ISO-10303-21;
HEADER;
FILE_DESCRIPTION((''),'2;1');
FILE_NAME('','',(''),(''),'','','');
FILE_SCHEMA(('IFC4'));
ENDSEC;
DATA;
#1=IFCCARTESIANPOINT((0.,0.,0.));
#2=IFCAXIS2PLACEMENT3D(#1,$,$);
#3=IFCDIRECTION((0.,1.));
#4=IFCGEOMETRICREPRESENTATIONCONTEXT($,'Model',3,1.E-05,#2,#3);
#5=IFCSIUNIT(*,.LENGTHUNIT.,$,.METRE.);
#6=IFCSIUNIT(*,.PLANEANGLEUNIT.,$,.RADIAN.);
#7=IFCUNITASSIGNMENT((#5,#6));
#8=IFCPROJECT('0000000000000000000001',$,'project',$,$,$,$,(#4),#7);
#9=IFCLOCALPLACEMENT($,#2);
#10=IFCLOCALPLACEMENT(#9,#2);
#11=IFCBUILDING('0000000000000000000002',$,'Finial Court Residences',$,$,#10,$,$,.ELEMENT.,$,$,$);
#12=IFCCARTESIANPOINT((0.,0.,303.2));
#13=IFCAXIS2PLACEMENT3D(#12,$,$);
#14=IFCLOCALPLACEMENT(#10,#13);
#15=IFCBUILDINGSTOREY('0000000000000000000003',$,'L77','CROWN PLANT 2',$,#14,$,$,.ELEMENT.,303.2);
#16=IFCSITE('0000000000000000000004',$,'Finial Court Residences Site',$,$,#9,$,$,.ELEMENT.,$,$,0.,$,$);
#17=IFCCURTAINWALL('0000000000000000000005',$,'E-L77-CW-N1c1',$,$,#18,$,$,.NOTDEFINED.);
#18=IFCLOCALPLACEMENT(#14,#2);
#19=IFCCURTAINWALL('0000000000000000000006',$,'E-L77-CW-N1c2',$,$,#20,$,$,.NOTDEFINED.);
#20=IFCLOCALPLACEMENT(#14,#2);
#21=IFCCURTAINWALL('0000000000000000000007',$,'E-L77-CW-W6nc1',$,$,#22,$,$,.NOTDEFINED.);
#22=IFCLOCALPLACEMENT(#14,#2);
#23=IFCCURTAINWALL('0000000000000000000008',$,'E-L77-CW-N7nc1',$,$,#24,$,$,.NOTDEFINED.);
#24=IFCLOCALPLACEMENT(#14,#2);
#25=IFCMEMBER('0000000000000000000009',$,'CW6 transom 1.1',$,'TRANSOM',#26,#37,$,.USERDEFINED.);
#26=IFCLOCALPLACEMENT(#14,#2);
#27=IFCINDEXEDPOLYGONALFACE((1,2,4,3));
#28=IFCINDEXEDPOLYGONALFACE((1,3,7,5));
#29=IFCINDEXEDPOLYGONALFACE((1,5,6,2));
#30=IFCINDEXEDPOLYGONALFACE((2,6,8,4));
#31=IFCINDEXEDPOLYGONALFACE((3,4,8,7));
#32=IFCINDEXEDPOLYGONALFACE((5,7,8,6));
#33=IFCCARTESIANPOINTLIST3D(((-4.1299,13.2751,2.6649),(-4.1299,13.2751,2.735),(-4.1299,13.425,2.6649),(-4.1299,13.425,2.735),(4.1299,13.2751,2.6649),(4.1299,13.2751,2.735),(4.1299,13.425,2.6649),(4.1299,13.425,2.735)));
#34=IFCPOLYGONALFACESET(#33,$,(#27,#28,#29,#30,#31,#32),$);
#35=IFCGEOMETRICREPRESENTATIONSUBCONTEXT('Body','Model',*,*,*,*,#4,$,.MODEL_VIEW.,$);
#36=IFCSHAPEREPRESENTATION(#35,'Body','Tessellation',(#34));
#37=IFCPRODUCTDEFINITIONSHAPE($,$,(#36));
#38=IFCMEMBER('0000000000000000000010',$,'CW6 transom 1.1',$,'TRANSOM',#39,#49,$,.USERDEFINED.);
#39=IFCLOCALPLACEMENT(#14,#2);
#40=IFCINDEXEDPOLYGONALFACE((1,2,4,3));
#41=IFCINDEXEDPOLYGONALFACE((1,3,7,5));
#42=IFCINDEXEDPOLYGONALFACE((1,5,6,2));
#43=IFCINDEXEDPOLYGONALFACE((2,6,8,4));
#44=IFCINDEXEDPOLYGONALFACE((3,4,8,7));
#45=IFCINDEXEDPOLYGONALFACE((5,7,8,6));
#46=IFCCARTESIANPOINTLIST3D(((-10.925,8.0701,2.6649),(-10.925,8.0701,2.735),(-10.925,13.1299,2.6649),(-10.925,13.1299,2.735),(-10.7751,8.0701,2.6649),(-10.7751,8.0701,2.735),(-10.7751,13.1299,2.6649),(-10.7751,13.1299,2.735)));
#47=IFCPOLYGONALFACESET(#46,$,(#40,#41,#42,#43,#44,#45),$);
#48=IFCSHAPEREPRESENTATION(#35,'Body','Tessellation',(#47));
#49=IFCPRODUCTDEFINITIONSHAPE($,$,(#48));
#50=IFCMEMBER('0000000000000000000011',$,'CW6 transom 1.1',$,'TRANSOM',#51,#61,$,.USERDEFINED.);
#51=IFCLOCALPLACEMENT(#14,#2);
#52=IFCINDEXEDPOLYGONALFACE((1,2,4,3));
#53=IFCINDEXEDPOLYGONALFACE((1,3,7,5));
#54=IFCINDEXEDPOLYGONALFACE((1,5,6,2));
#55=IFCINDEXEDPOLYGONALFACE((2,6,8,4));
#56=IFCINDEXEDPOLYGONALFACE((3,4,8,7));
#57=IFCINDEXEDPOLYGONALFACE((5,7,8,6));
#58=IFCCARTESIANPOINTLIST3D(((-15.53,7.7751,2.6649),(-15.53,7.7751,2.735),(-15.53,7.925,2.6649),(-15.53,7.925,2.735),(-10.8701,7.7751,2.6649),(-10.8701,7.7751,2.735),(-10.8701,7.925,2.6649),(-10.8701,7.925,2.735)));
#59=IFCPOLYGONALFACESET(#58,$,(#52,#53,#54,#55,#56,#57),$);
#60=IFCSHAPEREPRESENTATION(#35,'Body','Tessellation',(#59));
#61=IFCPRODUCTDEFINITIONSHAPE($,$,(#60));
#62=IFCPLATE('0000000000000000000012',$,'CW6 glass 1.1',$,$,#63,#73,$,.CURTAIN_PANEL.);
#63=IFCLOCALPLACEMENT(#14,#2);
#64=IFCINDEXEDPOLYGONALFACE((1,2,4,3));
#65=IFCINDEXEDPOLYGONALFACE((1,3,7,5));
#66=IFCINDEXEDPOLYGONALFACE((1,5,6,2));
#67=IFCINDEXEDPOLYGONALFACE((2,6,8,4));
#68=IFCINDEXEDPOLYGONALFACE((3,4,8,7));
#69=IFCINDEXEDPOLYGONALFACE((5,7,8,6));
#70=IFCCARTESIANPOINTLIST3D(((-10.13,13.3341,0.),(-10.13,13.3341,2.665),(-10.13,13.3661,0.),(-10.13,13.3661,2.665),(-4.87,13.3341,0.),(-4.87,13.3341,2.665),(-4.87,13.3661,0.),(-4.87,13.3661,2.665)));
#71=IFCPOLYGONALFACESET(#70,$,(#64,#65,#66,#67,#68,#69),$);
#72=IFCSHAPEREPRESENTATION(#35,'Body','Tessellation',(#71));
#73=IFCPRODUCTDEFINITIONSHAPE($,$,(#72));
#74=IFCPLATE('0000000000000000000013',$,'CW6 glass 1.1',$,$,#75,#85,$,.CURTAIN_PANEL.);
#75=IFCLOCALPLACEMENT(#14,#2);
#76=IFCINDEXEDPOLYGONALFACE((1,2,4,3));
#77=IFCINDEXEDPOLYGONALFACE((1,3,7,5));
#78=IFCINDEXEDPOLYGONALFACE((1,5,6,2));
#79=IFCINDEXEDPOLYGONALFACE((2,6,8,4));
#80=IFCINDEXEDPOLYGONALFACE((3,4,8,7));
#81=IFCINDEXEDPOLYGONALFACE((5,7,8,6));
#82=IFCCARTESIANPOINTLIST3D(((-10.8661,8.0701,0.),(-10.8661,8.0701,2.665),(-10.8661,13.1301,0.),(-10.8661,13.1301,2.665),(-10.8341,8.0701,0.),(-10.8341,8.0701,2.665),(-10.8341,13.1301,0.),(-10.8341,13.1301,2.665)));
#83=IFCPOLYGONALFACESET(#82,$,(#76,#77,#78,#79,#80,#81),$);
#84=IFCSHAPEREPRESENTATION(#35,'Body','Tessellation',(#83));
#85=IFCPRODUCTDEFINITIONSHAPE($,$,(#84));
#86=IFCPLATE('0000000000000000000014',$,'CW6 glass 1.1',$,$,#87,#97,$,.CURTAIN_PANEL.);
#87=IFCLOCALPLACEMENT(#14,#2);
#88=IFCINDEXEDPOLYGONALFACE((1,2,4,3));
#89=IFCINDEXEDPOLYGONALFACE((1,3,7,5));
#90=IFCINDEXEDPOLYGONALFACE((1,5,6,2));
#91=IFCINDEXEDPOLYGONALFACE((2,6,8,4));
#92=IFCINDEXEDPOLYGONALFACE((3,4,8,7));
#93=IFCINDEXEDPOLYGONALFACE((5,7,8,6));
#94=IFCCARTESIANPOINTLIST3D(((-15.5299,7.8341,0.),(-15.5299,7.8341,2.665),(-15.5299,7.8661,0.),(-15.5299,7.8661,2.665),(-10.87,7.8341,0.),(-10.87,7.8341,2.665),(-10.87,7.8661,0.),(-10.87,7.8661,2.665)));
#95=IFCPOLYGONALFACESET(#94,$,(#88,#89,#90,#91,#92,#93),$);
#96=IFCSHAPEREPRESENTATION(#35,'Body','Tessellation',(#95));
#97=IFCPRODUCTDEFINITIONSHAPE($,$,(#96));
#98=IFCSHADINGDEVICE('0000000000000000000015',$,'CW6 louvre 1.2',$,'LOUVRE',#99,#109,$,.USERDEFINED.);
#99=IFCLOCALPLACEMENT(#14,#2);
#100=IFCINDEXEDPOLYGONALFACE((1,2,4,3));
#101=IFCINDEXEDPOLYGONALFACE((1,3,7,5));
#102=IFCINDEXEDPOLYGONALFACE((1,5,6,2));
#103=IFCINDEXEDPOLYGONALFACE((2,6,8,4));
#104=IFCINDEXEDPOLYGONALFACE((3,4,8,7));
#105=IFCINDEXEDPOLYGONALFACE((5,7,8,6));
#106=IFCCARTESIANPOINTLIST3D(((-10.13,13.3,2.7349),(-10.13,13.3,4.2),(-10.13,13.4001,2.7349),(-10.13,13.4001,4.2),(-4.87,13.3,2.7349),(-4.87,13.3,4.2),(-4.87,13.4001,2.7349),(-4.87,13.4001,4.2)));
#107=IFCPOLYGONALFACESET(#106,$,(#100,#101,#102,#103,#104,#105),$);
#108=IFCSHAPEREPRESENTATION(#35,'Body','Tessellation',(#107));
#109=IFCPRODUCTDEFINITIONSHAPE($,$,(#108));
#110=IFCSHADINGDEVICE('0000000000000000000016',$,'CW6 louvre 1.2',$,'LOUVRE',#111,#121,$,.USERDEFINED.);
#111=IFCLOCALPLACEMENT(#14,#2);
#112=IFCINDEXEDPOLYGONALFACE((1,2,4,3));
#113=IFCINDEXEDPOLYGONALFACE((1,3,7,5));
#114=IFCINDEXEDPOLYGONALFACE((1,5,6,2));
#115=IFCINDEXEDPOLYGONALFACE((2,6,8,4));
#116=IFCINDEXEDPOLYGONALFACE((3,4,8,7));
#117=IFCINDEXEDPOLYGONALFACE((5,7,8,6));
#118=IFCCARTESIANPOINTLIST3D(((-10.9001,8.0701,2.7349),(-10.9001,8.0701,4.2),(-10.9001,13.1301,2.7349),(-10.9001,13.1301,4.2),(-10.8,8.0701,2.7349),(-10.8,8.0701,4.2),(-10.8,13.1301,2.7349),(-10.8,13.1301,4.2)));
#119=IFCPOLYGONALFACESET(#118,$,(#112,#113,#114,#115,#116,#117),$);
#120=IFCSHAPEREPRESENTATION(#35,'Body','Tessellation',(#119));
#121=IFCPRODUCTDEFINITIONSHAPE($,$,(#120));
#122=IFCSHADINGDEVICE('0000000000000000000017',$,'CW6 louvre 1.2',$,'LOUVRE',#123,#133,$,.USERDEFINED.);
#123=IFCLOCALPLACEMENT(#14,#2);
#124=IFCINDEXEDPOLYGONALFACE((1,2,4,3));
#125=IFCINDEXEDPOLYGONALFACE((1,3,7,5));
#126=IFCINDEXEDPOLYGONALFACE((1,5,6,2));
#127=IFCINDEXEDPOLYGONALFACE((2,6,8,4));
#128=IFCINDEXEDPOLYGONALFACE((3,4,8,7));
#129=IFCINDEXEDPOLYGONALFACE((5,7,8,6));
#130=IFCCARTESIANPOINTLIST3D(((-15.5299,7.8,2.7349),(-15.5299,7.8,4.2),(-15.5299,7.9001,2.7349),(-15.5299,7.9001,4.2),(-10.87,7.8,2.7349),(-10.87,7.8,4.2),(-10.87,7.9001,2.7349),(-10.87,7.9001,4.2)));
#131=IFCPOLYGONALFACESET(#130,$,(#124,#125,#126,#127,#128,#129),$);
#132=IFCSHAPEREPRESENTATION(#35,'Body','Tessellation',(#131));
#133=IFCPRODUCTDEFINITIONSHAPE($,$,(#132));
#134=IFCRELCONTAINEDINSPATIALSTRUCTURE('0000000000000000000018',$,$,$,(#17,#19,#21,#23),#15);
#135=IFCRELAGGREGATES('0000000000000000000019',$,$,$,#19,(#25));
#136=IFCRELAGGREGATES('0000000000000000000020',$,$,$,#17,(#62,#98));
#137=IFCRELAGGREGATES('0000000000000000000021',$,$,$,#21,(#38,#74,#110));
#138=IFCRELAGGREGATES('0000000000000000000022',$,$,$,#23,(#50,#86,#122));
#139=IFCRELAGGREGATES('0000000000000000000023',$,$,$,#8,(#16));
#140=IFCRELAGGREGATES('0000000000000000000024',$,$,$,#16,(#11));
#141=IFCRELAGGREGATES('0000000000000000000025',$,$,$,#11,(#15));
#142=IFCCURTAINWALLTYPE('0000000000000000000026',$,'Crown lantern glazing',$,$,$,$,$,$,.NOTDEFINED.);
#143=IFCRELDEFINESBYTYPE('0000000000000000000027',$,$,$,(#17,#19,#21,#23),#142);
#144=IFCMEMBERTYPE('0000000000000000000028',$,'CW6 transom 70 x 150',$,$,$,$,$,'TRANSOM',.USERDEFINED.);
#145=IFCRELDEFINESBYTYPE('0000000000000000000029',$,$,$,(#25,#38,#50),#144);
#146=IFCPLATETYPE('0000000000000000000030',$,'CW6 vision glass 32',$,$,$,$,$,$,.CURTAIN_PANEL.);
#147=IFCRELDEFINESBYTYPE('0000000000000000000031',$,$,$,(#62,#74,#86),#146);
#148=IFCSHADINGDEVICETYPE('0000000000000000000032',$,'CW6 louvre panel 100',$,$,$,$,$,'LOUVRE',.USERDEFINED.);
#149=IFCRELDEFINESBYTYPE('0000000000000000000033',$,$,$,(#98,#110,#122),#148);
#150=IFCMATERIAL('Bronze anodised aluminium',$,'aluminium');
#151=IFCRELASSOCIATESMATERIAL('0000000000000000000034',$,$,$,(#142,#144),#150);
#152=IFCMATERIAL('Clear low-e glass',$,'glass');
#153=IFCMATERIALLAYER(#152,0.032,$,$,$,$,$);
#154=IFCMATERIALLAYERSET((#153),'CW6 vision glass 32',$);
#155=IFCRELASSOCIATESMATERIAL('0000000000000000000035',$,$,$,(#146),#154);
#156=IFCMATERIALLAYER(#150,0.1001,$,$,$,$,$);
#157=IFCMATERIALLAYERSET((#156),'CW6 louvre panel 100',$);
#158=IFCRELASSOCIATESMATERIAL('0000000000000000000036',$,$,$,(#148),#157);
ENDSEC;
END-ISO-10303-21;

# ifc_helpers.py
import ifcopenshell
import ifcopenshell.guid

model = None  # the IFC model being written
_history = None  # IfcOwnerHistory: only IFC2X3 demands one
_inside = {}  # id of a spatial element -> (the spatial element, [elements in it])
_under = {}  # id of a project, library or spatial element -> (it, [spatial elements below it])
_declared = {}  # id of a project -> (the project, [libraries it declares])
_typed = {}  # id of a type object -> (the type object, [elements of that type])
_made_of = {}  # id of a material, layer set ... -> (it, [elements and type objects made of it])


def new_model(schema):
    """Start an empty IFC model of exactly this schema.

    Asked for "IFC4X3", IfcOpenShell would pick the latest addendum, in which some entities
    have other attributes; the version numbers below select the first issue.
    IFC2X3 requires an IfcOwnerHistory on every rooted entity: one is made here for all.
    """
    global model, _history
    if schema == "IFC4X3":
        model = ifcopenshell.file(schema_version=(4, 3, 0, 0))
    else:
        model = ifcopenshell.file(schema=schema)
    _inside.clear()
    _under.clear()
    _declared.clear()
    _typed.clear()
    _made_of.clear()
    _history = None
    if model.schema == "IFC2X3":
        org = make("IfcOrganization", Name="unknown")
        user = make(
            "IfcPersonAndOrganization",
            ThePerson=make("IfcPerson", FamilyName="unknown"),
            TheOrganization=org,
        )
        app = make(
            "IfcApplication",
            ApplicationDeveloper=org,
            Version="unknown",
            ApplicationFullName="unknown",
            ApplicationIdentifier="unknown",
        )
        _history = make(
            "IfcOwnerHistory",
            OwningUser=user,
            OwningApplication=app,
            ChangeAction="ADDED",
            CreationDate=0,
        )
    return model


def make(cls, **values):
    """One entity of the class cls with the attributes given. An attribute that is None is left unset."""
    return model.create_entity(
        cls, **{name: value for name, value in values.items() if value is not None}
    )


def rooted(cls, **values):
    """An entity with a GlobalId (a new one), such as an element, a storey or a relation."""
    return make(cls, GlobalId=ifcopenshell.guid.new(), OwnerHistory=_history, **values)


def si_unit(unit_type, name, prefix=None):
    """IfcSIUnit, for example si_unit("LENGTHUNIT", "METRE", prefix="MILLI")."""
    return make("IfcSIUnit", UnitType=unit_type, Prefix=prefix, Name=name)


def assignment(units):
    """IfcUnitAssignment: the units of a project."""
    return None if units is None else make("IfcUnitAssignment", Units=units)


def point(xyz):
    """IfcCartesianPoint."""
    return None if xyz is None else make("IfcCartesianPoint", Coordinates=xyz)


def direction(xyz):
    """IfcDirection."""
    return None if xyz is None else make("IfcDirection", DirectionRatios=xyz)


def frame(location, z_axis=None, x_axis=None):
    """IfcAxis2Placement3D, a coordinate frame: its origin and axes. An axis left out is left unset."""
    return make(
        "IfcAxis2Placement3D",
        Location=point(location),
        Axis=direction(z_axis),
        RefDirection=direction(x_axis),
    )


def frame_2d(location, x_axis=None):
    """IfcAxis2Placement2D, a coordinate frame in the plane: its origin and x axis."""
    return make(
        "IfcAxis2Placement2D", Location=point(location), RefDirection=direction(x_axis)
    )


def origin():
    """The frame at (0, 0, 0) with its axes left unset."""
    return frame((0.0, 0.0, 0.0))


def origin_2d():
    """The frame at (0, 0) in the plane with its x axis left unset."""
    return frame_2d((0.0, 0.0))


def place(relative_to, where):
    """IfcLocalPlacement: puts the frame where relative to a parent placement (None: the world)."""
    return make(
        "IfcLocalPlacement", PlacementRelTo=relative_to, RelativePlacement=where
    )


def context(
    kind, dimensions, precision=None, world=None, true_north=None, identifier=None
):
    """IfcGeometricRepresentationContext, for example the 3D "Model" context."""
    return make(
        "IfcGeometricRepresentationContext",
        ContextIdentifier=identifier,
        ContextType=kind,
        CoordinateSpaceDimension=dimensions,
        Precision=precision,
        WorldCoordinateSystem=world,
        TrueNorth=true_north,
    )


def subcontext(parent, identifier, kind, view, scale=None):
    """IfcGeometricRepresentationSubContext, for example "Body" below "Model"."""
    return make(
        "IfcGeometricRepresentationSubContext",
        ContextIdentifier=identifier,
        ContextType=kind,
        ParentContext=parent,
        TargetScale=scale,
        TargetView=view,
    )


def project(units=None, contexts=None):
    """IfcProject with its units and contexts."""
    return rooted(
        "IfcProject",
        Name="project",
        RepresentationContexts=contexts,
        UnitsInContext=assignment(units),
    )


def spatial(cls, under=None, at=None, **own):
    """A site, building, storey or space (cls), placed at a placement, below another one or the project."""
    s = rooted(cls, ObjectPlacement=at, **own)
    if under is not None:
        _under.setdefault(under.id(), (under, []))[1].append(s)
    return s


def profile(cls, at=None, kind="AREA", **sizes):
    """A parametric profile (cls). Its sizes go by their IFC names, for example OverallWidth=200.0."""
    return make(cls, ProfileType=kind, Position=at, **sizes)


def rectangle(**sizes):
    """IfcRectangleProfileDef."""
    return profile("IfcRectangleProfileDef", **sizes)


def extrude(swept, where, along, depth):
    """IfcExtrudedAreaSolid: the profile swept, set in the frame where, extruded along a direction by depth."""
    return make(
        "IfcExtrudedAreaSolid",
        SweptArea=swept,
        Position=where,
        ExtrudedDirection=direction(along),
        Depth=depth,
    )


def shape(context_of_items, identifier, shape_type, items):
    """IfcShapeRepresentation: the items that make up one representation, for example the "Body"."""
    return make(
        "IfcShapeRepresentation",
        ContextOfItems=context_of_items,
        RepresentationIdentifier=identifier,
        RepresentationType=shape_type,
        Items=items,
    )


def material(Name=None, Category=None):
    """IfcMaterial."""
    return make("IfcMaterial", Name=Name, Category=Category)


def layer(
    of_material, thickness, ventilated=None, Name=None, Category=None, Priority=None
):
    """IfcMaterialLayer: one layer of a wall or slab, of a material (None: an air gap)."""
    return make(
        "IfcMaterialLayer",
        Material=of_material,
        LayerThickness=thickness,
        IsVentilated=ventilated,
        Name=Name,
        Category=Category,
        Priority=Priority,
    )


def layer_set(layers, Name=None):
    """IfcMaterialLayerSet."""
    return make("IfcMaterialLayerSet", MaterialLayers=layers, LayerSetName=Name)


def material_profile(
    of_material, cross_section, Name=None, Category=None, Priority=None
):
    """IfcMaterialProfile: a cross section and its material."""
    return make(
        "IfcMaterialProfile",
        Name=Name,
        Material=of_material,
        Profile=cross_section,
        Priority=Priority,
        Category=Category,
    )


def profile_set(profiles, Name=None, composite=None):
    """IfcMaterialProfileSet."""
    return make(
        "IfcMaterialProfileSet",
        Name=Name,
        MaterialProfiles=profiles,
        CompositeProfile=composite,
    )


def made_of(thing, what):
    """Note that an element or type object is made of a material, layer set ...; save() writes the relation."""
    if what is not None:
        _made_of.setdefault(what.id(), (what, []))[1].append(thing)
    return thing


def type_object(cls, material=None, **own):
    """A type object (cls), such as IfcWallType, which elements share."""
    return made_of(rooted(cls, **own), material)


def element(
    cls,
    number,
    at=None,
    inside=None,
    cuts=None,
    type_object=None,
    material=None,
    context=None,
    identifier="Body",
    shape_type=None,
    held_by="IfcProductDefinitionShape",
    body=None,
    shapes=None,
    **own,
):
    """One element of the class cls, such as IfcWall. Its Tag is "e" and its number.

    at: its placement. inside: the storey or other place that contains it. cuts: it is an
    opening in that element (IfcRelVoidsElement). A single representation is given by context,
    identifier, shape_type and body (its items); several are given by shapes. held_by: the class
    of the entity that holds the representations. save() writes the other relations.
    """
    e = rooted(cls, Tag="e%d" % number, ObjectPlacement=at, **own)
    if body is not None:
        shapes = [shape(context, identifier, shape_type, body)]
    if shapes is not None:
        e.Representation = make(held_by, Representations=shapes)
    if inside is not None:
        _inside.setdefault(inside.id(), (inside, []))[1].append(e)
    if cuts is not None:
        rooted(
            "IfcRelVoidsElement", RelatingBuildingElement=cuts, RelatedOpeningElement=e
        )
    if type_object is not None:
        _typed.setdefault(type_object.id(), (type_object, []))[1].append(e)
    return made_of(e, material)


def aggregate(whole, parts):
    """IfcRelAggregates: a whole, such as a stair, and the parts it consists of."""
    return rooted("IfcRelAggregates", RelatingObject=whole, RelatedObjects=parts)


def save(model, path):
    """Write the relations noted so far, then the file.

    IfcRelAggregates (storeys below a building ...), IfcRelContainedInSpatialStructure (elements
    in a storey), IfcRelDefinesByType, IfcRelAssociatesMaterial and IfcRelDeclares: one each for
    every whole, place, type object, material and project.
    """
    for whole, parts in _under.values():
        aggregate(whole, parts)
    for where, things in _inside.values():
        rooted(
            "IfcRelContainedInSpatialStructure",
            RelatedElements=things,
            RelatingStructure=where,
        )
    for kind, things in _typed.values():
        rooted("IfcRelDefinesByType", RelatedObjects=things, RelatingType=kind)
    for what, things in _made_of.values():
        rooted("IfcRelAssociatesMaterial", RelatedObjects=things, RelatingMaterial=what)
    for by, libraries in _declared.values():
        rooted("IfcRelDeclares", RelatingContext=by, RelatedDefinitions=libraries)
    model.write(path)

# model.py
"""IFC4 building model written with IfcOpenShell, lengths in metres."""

from ifc_helpers import new_model, si_unit, direction, frame, origin, origin_2d, place, context, subcontext, project, spatial, rectangle, extrude, material, layer, layer_set, material_profile, profile_set, type_object, element, aggregate, save


model = new_model("IFC4")

# Units and contexts
model_context = context("Model", 3, precision=1e-05, world=origin(), true_north=direction((0.0, 1.0)))
body_context = subcontext(model_context, "Body", "Model", "MODEL_VIEW")
ifc_project = project(units=[si_unit("LENGTHUNIT", "METRE"), si_unit("PLANEANGLEUNIT", "RADIAN")], contexts=[model_context])

# Site, building, storey
site_placement = place(None, origin())
site = spatial("IfcSite", under=ifc_project, at=site_placement, Name="Finial Court Residences Site", CompositionType="ELEMENT", RefElevation=0.0)
building_placement = place(site_placement, origin())
building = spatial("IfcBuilding", under=site, at=building_placement, Name="Finial Court Residences", CompositionType="ELEMENT")
storey_placement = place(building_placement, frame((0.0, 0.0, 303.2)))
storey = spatial("IfcBuildingStorey", under=building, at=storey_placement, Name="L77", Description="CROWN PLANT 2", CompositionType="ELEMENT", Elevation=303.2)

# Curtain wall
ifc_material_1 = material(Name="Bronze anodised aluminium", Category="aluminium")
curtain_wall_type = type_object("IfcCurtainWallType", Name="Crown lantern glazing", PredefinedType="NOTDEFINED", material=ifc_material_1)
curtain_wall_1_placement = place(storey_placement, origin())
curtain_wall_1 = element("IfcCurtainWall", 1, at=curtain_wall_1_placement, inside=storey, type_object=curtain_wall_type, Name="E-L77-CW-N1c1", PredefinedType="NOTDEFINED")

# Curtain wall
curtain_wall_2_placement = place(storey_placement, origin())
curtain_wall_2 = element("IfcCurtainWall", 2, at=curtain_wall_2_placement, inside=storey, type_object=curtain_wall_type, Name="E-L77-CW-N1c2", PredefinedType="NOTDEFINED")

# Curtain walls
curtain_wall_3_placement = place(storey_placement, origin())
curtain_wall_3 = element("IfcCurtainWall", 3, at=curtain_wall_3_placement, inside=storey, type_object=curtain_wall_type, Name="E-L77-CW-W6nc1", PredefinedType="NOTDEFINED")
curtain_wall_4_placement = place(storey_placement, origin())
curtain_wall_4 = element("IfcCurtainWall", 4, at=curtain_wall_4_placement, inside=storey, type_object=curtain_wall_type, Name="E-L77-CW-N7nc1", PredefinedType="NOTDEFINED")

# Members
ifc_material_profile_1 = material_profile(ifc_material_1, rectangle(XDim=0.1499, YDim=0.0701, at=origin_2d()), Name="CW6 transom 70 x 150")
ifc_profile_set_1 = profile_set([ifc_material_profile_1], Name="Bronze anodised aluminium")
member_type_1 = type_object("IfcMemberType", Name="CW6 transom 70 x 150", ElementType="TRANSOM", PredefinedType="USERDEFINED", material=ifc_profile_set_1)
member_1_placement = place(storey_placement, frame((-4.1299, 13.3501, 2.7), z_axis=(1.0, 0.0, 0.0), x_axis=(0.0, 1.0, 0.0)))
member_1 = element("IfcMember", 5, at=member_1_placement, type_object=member_type_1, Name="CW6 transom 1.1", ObjectType="TRANSOM", PredefinedType="USERDEFINED", context=body_context, shape_type="SweptSolid", body=[
    extrude(rectangle(XDim=0.1499, YDim=0.0701, at=origin_2d()), origin(), (0.0, 0.0, 1.0), 8.2598),
])
aggregate(curtain_wall_2, [member_1])
member_2_placement = place(storey_placement, frame((-10.8501, 8.0701, 2.7), z_axis=(0.0, 1.0, 0.0), x_axis=(-1.0, 0.0, 0.0)))
member_2 = element("IfcMember", 6, at=member_2_placement, type_object=member_type_1, Name="CW6 transom 1.1", ObjectType="TRANSOM", PredefinedType="USERDEFINED", context=body_context, shape_type="SweptSolid", body=[
    extrude(rectangle(XDim=0.1499, YDim=0.0701, at=origin_2d()), origin(), (0.0, 0.0, 1.0), 5.0598),
])
member_3_placement = place(storey_placement, frame((-15.53, 7.8501, 2.7), z_axis=(1.0, 0.0, 0.0), x_axis=(0.0, 1.0, 0.0)))
member_3 = element("IfcMember", 7, at=member_3_placement, type_object=member_type_1, Name="CW6 transom 1.1", ObjectType="TRANSOM", PredefinedType="USERDEFINED", context=body_context, shape_type="SweptSolid", body=[
    extrude(rectangle(XDim=0.1499, YDim=0.0701, at=origin_2d()), origin(), (0.0, 0.0, 1.0), 4.6599),
])

# Plates
ifc_material_2 = material(Name="Clear low-e glass", Category="glass")
ifc_layer_1 = layer(ifc_material_2, 0.032)
ifc_layer_set_1 = layer_set([ifc_layer_1], Name="CW6 vision glass 32")
plate_type = type_object("IfcPlateType", Name="CW6 vision glass 32", PredefinedType="CURTAIN_PANEL", material=ifc_layer_set_1)
plate_1_placement = place(storey_placement, frame((-7.5, 13.3501, 0.0), z_axis=(0.0, 0.0, 1.0), x_axis=(1.0, 0.0, 0.0)))
plate_1 = element("IfcPlate", 8, at=plate_1_placement, type_object=plate_type, Name="CW6 glass 1.1", PredefinedType="CURTAIN_PANEL", context=body_context, shape_type="SweptSolid", body=[
    extrude(rectangle(XDim=5.26, YDim=0.032, at=origin_2d()), origin(), (0.0, 0.0, 1.0), 2.665),
])
plate_2_placement = place(storey_placement, frame((-10.8501, 10.6001, 0.0), z_axis=(0.0, 0.0, 1.0), x_axis=(0.0, 1.0, 0.0)))
plate_2 = element("IfcPlate", 9, at=plate_2_placement, type_object=plate_type, Name="CW6 glass 1.1", PredefinedType="CURTAIN_PANEL", context=body_context, shape_type="SweptSolid", body=[
    extrude(rectangle(XDim=5.0601, YDim=0.032, at=origin_2d()), origin(), (0.0, 0.0, 1.0), 2.665),
])
plate_3_placement = place(storey_placement, frame((-13.2, 7.8501, 0.0), z_axis=(0.0, 0.0, 1.0), x_axis=(1.0, 0.0, 0.0)))
plate_3 = element("IfcPlate", 10, at=plate_3_placement, type_object=plate_type, Name="CW6 glass 1.1", PredefinedType="CURTAIN_PANEL", context=body_context, shape_type="SweptSolid", body=[
    extrude(rectangle(XDim=4.6599, YDim=0.032, at=origin_2d()), origin(), (0.0, 0.0, 1.0), 2.665),
])

# Shading devices
ifc_layer_2 = layer(ifc_material_1, 0.1001)
ifc_layer_set_2 = layer_set([ifc_layer_2], Name="CW6 louvre panel 100")
shading_device_type = type_object("IfcShadingDeviceType", Name="CW6 louvre panel 100", ElementType="LOUVRE", PredefinedType="USERDEFINED", material=ifc_layer_set_2)
shading_device_1_placement = place(storey_placement, frame((-7.5, 13.3501, 2.7349), z_axis=(0.0, 0.0, 1.0), x_axis=(1.0, 0.0, 0.0)))
shading_device_1 = element("IfcShadingDevice", 11, at=shading_device_1_placement, type_object=shading_device_type, Name="CW6 louvre 1.2", ObjectType="LOUVRE", PredefinedType="USERDEFINED", context=body_context, shape_type="SweptSolid", body=[
    extrude(rectangle(XDim=5.26, YDim=0.1001, at=origin_2d()), origin(), (0.0, 0.0, 1.0), 1.4651),
])
aggregate(curtain_wall_1, [plate_1, shading_device_1])
shading_device_2_placement = place(storey_placement, frame((-10.8501, 10.6001, 2.7349), z_axis=(0.0, 0.0, 1.0), x_axis=(0.0, 1.0, 0.0)))
shading_device_2 = element("IfcShadingDevice", 12, at=shading_device_2_placement, type_object=shading_device_type, Name="CW6 louvre 1.2", ObjectType="LOUVRE", PredefinedType="USERDEFINED", context=body_context, shape_type="SweptSolid", body=[
    extrude(rectangle(XDim=5.0601, YDim=0.1001, at=origin_2d()), origin(), (0.0, 0.0, 1.0), 1.4651),
])
aggregate(curtain_wall_3, [member_2, plate_2, shading_device_2])
shading_device_3_placement = place(storey_placement, frame((-13.2, 7.8501, 2.7349), z_axis=(0.0, 0.0, 1.0), x_axis=(1.0, 0.0, 0.0)))
shading_device_3 = element("IfcShadingDevice", 13, at=shading_device_3_placement, type_object=shading_device_type, Name="CW6 louvre 1.2", ObjectType="LOUVRE", PredefinedType="USERDEFINED", context=body_context, shape_type="SweptSolid", body=[
    extrude(rectangle(XDim=4.6599, YDim=0.1001, at=origin_2d()), origin(), (0.0, 0.0, 1.0), 1.4651),
])
aggregate(curtain_wall_4, [member_3, plate_3, shading_device_3])

save(model, "model.ifc")
